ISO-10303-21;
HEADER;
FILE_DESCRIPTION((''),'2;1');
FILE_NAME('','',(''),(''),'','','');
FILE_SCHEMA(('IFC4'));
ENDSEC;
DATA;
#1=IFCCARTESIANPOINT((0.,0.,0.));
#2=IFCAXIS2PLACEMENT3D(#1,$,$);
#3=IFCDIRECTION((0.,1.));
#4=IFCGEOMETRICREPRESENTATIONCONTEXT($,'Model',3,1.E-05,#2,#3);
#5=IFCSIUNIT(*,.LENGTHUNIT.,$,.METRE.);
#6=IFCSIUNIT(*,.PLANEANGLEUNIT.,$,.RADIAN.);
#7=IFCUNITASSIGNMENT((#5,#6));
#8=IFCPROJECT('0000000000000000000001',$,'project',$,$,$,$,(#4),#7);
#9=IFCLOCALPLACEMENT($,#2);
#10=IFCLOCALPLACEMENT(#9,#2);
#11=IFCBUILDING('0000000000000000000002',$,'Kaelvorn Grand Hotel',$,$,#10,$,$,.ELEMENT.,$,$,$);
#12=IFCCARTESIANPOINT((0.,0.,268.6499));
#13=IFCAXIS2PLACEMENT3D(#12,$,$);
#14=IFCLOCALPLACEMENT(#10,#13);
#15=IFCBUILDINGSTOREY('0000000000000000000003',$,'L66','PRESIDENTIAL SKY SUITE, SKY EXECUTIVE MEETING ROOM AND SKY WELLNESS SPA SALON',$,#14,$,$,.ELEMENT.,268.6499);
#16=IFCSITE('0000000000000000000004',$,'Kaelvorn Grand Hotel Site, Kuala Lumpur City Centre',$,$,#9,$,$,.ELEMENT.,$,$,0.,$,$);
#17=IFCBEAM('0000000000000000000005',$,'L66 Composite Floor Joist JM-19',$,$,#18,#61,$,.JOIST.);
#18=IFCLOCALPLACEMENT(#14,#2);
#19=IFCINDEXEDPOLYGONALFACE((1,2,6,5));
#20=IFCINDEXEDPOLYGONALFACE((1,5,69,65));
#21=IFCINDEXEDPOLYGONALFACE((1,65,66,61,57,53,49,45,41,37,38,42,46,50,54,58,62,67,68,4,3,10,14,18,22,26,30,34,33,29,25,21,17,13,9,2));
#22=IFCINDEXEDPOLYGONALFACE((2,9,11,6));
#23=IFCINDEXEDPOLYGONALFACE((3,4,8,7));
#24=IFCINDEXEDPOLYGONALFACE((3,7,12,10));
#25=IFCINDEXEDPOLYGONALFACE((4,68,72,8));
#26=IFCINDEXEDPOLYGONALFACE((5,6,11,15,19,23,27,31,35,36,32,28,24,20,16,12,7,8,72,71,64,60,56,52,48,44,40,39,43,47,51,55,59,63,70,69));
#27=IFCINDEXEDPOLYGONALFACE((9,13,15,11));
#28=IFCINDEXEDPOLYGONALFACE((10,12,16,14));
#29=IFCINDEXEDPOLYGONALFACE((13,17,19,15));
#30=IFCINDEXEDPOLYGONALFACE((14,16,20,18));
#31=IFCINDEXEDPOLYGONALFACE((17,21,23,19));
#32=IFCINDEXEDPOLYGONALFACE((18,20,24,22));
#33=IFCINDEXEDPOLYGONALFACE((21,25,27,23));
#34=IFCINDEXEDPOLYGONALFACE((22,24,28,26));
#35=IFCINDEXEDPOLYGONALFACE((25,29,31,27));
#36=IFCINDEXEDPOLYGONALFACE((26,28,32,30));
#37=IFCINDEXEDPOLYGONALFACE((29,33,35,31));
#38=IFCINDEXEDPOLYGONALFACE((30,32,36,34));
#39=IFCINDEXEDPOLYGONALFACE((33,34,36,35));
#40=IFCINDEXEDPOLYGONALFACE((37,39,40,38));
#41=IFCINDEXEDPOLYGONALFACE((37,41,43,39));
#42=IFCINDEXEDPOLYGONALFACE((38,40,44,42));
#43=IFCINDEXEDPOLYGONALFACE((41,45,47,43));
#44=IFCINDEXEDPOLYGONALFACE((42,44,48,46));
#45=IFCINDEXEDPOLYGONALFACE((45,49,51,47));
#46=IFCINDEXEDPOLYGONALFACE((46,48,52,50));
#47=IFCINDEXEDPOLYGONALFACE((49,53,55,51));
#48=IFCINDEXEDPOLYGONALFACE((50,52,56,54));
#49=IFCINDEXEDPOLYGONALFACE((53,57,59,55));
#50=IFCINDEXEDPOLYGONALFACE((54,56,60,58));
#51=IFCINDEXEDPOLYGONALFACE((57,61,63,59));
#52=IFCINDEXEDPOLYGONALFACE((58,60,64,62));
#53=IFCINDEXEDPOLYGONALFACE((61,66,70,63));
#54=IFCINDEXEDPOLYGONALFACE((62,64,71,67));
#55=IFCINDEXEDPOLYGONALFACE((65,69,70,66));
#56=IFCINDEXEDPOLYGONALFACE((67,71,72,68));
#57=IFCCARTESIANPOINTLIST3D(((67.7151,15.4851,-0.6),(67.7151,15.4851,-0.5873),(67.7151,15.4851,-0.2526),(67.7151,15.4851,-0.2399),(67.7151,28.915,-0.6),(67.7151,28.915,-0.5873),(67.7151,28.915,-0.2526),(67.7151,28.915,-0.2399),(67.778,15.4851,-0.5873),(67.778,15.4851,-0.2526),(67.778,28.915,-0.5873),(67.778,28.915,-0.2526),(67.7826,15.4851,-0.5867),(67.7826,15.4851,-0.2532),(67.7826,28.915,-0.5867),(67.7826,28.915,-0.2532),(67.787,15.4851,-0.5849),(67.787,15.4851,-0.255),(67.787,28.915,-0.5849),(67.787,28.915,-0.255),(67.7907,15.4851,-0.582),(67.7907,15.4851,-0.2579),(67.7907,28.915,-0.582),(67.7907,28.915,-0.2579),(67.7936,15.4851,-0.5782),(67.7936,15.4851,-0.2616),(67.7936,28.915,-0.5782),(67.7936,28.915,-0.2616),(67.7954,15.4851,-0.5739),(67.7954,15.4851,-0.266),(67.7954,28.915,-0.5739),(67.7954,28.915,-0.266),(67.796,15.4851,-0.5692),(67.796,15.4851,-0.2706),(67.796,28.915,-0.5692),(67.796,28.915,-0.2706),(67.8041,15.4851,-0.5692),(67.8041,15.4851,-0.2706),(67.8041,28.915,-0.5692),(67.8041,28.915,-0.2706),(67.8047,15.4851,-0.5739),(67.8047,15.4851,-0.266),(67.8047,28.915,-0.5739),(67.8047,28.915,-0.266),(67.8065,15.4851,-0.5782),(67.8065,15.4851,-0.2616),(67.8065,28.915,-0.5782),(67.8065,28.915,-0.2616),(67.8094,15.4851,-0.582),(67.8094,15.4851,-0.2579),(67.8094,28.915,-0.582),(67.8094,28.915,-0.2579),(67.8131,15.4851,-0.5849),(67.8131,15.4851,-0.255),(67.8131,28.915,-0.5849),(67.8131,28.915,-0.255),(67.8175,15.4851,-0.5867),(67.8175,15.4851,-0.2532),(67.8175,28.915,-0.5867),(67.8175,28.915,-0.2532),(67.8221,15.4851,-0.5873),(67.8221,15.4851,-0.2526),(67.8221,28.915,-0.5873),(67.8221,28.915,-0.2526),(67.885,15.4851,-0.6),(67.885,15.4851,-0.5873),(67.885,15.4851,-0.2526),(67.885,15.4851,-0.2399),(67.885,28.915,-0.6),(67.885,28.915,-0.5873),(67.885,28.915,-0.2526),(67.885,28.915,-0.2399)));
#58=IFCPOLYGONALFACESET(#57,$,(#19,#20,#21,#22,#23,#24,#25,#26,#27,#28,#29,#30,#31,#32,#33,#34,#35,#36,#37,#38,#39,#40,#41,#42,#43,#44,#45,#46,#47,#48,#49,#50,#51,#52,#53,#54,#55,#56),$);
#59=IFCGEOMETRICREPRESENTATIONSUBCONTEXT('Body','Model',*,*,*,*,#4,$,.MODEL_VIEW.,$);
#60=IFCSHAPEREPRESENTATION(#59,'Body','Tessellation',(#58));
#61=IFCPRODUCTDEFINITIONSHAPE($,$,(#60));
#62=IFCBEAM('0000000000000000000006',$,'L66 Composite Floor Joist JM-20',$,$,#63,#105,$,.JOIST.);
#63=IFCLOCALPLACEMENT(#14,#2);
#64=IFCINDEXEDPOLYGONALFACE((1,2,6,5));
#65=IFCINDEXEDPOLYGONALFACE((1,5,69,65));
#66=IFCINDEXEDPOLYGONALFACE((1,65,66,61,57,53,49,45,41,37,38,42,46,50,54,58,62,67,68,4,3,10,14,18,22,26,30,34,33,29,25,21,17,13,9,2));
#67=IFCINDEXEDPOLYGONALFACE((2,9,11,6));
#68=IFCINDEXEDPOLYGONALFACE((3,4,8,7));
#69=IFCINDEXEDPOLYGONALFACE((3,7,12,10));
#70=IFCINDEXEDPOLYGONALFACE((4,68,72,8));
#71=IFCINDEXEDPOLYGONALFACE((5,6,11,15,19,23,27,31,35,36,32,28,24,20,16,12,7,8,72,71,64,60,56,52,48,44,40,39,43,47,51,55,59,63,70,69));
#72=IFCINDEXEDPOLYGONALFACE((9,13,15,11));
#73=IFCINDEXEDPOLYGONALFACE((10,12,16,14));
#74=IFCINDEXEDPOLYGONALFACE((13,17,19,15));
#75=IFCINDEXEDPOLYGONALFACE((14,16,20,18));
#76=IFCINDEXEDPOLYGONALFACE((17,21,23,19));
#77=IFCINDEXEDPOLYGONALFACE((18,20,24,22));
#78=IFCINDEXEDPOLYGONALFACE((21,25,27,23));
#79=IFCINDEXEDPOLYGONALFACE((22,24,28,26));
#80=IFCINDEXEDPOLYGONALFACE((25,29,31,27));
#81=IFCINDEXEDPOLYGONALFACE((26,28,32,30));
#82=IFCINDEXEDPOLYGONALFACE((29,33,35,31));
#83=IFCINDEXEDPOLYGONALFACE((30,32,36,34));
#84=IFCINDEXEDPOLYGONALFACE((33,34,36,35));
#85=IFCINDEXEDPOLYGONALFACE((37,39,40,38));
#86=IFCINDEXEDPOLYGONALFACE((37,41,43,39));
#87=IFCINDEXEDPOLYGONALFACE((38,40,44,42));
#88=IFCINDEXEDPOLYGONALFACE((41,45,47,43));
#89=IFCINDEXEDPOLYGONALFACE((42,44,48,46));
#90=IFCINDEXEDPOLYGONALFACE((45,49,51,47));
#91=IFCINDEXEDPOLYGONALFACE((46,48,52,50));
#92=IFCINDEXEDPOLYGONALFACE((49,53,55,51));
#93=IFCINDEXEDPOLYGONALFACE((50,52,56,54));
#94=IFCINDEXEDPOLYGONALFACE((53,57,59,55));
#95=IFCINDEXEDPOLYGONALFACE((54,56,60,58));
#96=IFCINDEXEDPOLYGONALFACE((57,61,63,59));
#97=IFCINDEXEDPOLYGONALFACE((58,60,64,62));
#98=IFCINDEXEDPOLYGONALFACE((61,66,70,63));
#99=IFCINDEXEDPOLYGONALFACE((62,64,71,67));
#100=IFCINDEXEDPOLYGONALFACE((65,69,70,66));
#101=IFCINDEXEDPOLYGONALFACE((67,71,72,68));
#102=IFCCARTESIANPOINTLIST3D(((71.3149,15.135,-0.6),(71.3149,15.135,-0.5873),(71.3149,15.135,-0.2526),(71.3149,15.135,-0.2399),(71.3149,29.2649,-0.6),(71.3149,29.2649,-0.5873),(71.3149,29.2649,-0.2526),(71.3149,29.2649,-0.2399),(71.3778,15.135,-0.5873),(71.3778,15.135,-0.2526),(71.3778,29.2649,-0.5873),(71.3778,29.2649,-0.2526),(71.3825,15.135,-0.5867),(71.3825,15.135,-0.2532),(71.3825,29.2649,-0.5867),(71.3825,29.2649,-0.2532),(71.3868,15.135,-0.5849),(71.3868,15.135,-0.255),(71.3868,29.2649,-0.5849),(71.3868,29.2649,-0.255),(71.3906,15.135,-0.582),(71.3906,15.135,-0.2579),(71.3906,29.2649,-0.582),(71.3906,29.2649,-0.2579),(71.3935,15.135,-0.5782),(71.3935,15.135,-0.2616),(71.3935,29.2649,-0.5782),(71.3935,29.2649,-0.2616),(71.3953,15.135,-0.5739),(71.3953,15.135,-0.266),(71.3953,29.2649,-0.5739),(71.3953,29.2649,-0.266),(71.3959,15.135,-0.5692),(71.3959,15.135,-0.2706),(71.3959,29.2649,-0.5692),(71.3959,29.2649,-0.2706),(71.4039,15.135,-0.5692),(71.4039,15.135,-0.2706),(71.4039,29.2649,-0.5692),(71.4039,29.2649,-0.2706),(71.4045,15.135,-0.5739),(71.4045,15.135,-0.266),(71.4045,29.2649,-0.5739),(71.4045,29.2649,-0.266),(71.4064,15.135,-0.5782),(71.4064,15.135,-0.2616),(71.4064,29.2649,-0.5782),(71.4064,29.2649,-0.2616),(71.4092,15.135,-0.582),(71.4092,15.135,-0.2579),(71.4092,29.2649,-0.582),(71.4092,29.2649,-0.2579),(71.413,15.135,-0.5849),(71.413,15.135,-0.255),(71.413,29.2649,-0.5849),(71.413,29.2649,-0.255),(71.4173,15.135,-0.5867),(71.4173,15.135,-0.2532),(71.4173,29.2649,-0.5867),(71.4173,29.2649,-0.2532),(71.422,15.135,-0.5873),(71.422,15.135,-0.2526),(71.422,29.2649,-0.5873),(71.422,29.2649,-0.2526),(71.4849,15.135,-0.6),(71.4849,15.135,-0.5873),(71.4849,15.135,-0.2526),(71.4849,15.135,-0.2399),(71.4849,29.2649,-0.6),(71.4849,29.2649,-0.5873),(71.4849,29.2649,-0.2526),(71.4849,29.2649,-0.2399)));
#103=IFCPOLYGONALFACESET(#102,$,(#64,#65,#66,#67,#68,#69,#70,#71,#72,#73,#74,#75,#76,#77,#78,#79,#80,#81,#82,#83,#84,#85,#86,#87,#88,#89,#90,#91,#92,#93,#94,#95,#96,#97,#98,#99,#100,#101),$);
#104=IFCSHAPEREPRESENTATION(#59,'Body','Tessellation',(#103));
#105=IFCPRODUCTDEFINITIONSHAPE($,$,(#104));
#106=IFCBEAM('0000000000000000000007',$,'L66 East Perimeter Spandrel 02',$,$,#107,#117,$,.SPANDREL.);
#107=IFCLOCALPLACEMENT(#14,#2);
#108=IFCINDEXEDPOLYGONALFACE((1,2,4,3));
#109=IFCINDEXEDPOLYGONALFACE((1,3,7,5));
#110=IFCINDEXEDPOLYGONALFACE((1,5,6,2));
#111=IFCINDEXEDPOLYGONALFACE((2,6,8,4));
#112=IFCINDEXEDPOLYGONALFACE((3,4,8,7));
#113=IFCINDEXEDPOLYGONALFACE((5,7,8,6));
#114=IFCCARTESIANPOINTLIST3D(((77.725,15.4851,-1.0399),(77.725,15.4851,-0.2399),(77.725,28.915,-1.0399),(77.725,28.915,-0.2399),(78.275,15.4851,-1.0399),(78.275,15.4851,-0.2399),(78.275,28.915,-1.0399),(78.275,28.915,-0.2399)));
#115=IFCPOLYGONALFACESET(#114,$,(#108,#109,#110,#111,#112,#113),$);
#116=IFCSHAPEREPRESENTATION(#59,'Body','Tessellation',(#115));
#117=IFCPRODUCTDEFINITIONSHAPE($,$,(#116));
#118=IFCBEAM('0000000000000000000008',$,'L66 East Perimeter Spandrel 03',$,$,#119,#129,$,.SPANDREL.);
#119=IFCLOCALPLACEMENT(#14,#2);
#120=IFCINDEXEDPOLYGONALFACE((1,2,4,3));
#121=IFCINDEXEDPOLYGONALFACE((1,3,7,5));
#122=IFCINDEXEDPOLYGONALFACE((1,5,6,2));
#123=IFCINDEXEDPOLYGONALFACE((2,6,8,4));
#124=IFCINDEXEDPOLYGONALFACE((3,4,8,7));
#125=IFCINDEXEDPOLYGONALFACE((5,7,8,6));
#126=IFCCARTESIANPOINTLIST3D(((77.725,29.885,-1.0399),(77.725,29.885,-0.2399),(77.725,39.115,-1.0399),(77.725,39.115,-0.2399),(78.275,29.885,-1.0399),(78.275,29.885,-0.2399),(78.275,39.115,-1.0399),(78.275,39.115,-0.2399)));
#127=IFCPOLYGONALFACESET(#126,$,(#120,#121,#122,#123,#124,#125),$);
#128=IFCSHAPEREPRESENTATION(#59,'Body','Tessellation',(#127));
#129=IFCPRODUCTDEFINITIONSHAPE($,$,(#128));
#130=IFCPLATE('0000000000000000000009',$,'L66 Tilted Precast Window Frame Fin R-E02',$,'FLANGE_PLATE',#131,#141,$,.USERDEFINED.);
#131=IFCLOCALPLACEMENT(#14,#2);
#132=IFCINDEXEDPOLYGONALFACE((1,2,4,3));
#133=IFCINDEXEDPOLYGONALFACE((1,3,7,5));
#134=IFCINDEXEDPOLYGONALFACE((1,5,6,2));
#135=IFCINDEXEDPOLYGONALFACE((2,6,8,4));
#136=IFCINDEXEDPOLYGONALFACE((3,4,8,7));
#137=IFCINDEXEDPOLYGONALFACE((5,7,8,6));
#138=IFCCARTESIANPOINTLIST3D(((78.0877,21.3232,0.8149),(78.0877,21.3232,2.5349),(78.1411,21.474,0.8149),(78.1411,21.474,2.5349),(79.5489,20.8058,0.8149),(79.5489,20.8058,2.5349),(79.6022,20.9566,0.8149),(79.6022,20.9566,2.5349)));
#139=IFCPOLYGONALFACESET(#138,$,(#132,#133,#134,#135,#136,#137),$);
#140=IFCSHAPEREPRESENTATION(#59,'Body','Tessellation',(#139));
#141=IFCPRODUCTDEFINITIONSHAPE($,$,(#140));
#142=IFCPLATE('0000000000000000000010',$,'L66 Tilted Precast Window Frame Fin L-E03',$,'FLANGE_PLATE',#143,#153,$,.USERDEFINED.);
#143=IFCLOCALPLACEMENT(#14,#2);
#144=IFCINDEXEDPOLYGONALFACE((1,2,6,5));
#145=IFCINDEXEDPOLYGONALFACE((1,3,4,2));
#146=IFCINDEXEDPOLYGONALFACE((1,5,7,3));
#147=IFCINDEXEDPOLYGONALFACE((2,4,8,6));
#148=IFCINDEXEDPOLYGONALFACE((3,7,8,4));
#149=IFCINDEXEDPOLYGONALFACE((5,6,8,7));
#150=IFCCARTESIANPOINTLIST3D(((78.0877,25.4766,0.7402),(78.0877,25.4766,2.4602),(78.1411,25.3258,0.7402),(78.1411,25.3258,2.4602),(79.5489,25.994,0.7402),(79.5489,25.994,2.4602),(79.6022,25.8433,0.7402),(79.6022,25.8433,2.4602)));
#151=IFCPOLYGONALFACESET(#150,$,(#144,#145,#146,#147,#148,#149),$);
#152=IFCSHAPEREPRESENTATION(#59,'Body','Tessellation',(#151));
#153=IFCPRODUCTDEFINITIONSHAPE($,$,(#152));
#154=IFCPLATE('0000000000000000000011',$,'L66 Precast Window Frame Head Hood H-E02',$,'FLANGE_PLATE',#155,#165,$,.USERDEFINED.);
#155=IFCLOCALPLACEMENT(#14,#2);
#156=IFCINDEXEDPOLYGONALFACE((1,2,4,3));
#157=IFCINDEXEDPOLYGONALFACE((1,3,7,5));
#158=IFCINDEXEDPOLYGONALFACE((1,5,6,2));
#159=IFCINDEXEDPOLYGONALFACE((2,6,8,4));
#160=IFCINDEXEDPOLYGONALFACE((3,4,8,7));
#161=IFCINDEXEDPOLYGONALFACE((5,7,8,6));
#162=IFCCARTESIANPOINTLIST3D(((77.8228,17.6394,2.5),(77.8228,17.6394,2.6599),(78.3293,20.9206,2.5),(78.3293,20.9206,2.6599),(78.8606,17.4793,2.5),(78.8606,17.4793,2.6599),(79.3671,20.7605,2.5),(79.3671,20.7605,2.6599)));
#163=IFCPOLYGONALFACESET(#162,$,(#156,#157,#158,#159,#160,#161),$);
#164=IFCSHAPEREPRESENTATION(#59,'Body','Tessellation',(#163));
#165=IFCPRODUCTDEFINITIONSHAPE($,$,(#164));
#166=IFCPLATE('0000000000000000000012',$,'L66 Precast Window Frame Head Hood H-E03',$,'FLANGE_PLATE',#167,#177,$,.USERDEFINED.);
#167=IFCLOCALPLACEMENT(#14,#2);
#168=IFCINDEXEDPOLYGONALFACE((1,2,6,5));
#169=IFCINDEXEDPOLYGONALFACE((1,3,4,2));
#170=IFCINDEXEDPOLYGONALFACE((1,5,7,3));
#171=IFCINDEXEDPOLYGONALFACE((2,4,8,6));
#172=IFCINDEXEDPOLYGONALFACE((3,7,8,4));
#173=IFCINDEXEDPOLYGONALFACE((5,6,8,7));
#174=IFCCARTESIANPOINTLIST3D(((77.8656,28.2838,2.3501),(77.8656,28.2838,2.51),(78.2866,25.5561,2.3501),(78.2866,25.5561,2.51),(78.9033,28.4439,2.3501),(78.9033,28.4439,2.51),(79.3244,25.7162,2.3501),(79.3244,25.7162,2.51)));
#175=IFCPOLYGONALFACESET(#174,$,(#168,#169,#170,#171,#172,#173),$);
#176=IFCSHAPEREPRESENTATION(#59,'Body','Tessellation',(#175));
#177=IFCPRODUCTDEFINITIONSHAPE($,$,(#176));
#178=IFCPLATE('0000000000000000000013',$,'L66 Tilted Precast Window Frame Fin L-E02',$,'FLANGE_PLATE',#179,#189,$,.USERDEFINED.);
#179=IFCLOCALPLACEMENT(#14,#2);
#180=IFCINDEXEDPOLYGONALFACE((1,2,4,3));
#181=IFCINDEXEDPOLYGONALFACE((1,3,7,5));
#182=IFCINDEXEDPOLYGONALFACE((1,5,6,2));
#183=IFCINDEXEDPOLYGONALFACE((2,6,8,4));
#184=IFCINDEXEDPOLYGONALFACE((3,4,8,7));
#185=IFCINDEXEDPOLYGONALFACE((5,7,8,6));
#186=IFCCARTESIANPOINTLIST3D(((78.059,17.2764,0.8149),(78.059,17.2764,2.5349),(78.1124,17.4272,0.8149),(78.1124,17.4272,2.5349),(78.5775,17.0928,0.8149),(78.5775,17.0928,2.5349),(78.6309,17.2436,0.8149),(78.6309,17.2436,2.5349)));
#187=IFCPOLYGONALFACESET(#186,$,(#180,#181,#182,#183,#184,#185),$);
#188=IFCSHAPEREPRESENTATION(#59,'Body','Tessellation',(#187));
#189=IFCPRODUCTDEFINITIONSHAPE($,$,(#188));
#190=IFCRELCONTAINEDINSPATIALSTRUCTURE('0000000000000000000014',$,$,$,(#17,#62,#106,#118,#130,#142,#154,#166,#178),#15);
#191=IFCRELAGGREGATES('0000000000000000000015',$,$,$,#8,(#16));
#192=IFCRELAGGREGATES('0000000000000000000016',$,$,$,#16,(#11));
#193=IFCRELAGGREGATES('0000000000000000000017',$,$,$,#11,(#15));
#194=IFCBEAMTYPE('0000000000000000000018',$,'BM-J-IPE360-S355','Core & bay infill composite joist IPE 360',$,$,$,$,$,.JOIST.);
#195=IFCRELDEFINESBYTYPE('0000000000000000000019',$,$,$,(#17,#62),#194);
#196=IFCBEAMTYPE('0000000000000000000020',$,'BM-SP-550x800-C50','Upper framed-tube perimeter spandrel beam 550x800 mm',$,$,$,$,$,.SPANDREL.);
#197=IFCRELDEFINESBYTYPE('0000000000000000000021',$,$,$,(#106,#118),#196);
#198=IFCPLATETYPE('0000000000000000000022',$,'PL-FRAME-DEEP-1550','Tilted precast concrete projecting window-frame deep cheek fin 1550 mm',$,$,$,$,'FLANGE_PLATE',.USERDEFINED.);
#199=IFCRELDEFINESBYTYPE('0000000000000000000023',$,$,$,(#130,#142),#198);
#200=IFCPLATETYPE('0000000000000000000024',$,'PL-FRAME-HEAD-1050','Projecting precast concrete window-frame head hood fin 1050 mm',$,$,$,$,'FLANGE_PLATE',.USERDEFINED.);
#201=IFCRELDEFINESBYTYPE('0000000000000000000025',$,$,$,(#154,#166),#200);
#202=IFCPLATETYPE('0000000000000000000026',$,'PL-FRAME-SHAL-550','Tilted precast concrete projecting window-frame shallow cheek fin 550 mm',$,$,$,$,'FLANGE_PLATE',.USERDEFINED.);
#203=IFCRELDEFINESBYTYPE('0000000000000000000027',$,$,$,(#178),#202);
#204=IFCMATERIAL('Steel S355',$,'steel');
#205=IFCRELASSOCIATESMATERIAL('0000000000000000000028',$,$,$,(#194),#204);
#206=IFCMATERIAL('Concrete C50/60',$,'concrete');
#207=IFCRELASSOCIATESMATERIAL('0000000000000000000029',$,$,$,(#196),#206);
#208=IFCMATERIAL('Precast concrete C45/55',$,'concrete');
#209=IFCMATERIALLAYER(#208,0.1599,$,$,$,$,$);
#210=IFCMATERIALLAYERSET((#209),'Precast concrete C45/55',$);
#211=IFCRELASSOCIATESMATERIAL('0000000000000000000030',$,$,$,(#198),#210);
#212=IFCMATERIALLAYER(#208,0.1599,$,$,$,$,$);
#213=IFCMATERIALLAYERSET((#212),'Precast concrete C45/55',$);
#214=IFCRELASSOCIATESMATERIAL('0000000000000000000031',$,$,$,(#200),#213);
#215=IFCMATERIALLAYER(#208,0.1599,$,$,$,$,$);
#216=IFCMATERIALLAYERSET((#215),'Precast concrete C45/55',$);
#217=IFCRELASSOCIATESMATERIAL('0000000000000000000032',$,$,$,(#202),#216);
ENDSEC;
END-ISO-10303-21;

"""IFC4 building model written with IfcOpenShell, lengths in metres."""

from ifc_helpers import new_model, si_unit, direction, frame, origin, origin_2d, place, context, subcontext, project, spatial, rectangle, i_section, extrude, material, layer, layer_set, material_profile, profile_set, type_object, element, save


model = new_model("IFC4")

# Units and contexts
model_context = context("Model", 3, precision=1e-05, world=origin(), true_north=direction((0.0, 1.0)))
body_context = subcontext(model_context, "Body", "Model", "MODEL_VIEW")
ifc_project = project(units=[si_unit("LENGTHUNIT", "METRE"), si_unit("PLANEANGLEUNIT", "RADIAN")], contexts=[model_context])

# Site, building, storey
site_placement = place(None, origin())
site = spatial("IfcSite", under=ifc_project, at=site_placement, Name="Kaelvorn Grand Hotel Site, Kuala Lumpur City Centre", CompositionType="ELEMENT", RefElevation=0.0)
building_placement = place(site_placement, origin())
building = spatial("IfcBuilding", under=site, at=building_placement, Name="Kaelvorn Grand Hotel", CompositionType="ELEMENT")
storey_placement = place(building_placement, frame((0.0, 0.0, 268.6499)))
storey = spatial("IfcBuildingStorey", under=building, at=storey_placement, Name="L66", Description="PRESIDENTIAL SKY SUITE, SKY EXECUTIVE MEETING ROOM AND SKY WELLNESS SPA SALON", CompositionType="ELEMENT", Elevation=268.6499)

# Shared definitions
ifc_material_1 = material(Name="Concrete C50/60", Category="concrete")

# Beams
ifc_material_2 = material(Name="Steel S355", Category="steel")
ifc_material_profile_1 = material_profile(ifc_material_2, i_section(OverallWidth=0.1699, OverallDepth=0.3601, WebThickness=0.0081, FlangeThickness=0.0127, FilletRadius=0.0181, at=origin_2d()), Name="IPE 360")
ifc_profile_set_1 = profile_set([ifc_material_profile_1], Name="Steel S355")
beam_type_1 = type_object("IfcBeamType", Name="BM-J-IPE360-S355", Description="Core & bay infill composite joist IPE 360", PredefinedType="JOIST", material=ifc_profile_set_1)
beam_1_placement = place(storey_placement, frame((67.8, 15.4851, -0.4199), z_axis=(0.0, 1.0, 0.0), x_axis=(-1.0, 0.0, 0.0)))
element("IfcBeam", 1, at=beam_1_placement, inside=storey, type_object=beam_type_1, Name="L66 Composite Floor Joist JM-19", PredefinedType="JOIST", context=body_context, shape_type="SweptSolid", body=[
    extrude(i_section(OverallWidth=0.1699, OverallDepth=0.3601, WebThickness=0.0081, FlangeThickness=0.0127, FilletRadius=0.0181, at=origin_2d()), origin(), (0.0, 0.0, 1.0), 13.4299),
])
beam_2_placement = place(storey_placement, frame((71.3999, 15.135, -0.4199), z_axis=(0.0, 1.0, 0.0), x_axis=(-1.0, 0.0, 0.0)))
element("IfcBeam", 2, at=beam_2_placement, inside=storey, type_object=beam_type_1, Name="L66 Composite Floor Joist JM-20", PredefinedType="JOIST", context=body_context, shape_type="SweptSolid", body=[
    extrude(i_section(OverallWidth=0.1699, OverallDepth=0.3601, WebThickness=0.0081, FlangeThickness=0.0127, FilletRadius=0.0181, at=origin_2d()), origin(), (0.0, 0.0, 1.0), 14.1299),
])
ifc_material_profile_2 = material_profile(ifc_material_1, rectangle(XDim=0.55, YDim=0.8, at=origin_2d()), Name="RC SPANDREL 550x800")
ifc_profile_set_2 = profile_set([ifc_material_profile_2], Name="Concrete C50/60")
beam_type_2 = type_object("IfcBeamType", Name="BM-SP-550x800-C50", Description="Upper framed-tube perimeter spandrel beam 550x800 mm", PredefinedType="SPANDREL", material=ifc_profile_set_2)
beam_3_placement = place(storey_placement, frame((78.0, 15.4851, -0.6399), z_axis=(0.0, 1.0, 0.0), x_axis=(-1.0, 0.0, 0.0)))
element("IfcBeam", 3, at=beam_3_placement, inside=storey, type_object=beam_type_2, Name="L66 East Perimeter Spandrel 02", PredefinedType="SPANDREL", context=body_context, shape_type="SweptSolid", body=[
    extrude(rectangle(XDim=0.55, YDim=0.8, at=origin_2d()), origin(), (0.0, 0.0, 1.0), 13.4299),
])
beam_4_placement = place(storey_placement, frame((78.0, 29.885, -0.6399), z_axis=(0.0, 1.0, 0.0), x_axis=(-1.0, 0.0, 0.0)))
element("IfcBeam", 4, at=beam_4_placement, inside=storey, type_object=beam_type_2, Name="L66 East Perimeter Spandrel 03", PredefinedType="SPANDREL", context=body_context, shape_type="SweptSolid", body=[
    extrude(rectangle(XDim=0.55, YDim=0.8, at=origin_2d()), origin(), (0.0, 0.0, 1.0), 9.23),
])

# Plates
ifc_material_3 = material(Name="Precast concrete C45/55", Category="concrete")
ifc_layer_1 = layer(ifc_material_3, 0.1599)
ifc_layer_set_1 = layer_set([ifc_layer_1], Name="Precast concrete C45/55")
plate_type_1 = type_object("IfcPlateType", Name="PL-FRAME-DEEP-1550", Description="Tilted precast concrete projecting window-frame deep cheek fin 1550 mm", ElementType="FLANGE_PLATE", PredefinedType="USERDEFINED", material=ifc_layer_set_1)
for number, where, z_axis, x_axis, name in (
    (5, (78.845, 21.1399, 0.8149), (0.0, 0.0, 1.0), (0.333807, 0.942641, 0.0), "L66 Tilted Precast Window Frame Fin R-E02"),
    (6, (78.845, 25.6599, 0.7402), (0.0, 0.0, 1.0), (-0.333807, 0.942641, 0.0), "L66 Tilted Precast Window Frame Fin L-E03"),
):
    element("IfcPlate", number, at=place(storey_placement, frame(where, z_axis=z_axis, x_axis=x_axis)), inside=storey, type_object=plate_type_1, Name=name, ObjectType="FLANGE_PLATE", PredefinedType="USERDEFINED", context=body_context, shape_type="SweptSolid", body=[
        extrude(rectangle(XDim=0.1599, YDim=1.55, at=origin_2d()), origin(), (0.0, 0.0, 1.0), 1.72),
    ])
ifc_layer_2 = layer(ifc_material_3, 0.1599)
ifc_layer_set_2 = layer_set([ifc_layer_2], Name="Precast concrete C45/55")
plate_type_2 = type_object("IfcPlateType", Name="PL-FRAME-HEAD-1050", Description="Projecting precast concrete window-frame head hood fin 1050 mm", ElementType="FLANGE_PLATE", PredefinedType="USERDEFINED", material=ifc_layer_set_2)
plate_1_placement = place(storey_placement, frame((78.595, 19.2, 2.5), z_axis=(0.0, 0.0, 1.0), x_axis=(0.152555, 0.988295, 0.0)))
element("IfcPlate", 7, at=plate_1_placement, inside=storey, type_object=plate_type_2, Name="L66 Precast Window Frame Head Hood H-E02", ObjectType="FLANGE_PLATE", PredefinedType="USERDEFINED", context=body_context, shape_type="SweptSolid", body=[
    extrude(rectangle(XDim=3.3201, YDim=1.05, at=origin_2d()), origin(), (0.0, 0.0, 1.0), 0.1599),
])
plate_2_placement = place(storey_placement, frame((78.595, 27.0, 2.3501), z_axis=(0.0, 0.0, 1.0), x_axis=(-0.152555, 0.988295, 0.0)))
element("IfcPlate", 8, at=plate_2_placement, inside=storey, type_object=plate_type_2, Name="L66 Precast Window Frame Head Hood H-E03", ObjectType="FLANGE_PLATE", PredefinedType="USERDEFINED", context=body_context, shape_type="SweptSolid", body=[
    extrude(rectangle(XDim=2.76, YDim=1.05, at=origin_2d()), origin(), (0.0, 0.0, 1.0), 0.1599),
])
ifc_layer_3 = layer(ifc_material_3, 0.1599)
ifc_layer_set_3 = layer_set([ifc_layer_3], Name="Precast concrete C45/55")
plate_type_3 = type_object("IfcPlateType", Name="PL-FRAME-SHAL-550", Description="Tilted precast concrete projecting window-frame shallow cheek fin 550 mm", ElementType="FLANGE_PLATE", PredefinedType="USERDEFINED", material=ifc_layer_set_3)
for number, where, z_axis, x_axis, name in (
    (9, (78.345, 17.26, 0.8149), (0.0, 0.0, 1.0), (0.333807, 0.942641, 0.0), "L66 Tilted Precast Window Frame Fin L-E02"),
):
    element("IfcPlate", number, at=place(storey_placement, frame(where, z_axis=z_axis, x_axis=x_axis)), inside=storey, type_object=plate_type_3, Name=name, ObjectType="FLANGE_PLATE", PredefinedType="USERDEFINED", context=body_context, shape_type="SweptSolid", body=[
        extrude(rectangle(XDim=0.1599, YDim=0.55, at=origin_2d()), origin(), (0.0, 0.0, 1.0), 1.72),
    ])

save(model, "model.ifc")
